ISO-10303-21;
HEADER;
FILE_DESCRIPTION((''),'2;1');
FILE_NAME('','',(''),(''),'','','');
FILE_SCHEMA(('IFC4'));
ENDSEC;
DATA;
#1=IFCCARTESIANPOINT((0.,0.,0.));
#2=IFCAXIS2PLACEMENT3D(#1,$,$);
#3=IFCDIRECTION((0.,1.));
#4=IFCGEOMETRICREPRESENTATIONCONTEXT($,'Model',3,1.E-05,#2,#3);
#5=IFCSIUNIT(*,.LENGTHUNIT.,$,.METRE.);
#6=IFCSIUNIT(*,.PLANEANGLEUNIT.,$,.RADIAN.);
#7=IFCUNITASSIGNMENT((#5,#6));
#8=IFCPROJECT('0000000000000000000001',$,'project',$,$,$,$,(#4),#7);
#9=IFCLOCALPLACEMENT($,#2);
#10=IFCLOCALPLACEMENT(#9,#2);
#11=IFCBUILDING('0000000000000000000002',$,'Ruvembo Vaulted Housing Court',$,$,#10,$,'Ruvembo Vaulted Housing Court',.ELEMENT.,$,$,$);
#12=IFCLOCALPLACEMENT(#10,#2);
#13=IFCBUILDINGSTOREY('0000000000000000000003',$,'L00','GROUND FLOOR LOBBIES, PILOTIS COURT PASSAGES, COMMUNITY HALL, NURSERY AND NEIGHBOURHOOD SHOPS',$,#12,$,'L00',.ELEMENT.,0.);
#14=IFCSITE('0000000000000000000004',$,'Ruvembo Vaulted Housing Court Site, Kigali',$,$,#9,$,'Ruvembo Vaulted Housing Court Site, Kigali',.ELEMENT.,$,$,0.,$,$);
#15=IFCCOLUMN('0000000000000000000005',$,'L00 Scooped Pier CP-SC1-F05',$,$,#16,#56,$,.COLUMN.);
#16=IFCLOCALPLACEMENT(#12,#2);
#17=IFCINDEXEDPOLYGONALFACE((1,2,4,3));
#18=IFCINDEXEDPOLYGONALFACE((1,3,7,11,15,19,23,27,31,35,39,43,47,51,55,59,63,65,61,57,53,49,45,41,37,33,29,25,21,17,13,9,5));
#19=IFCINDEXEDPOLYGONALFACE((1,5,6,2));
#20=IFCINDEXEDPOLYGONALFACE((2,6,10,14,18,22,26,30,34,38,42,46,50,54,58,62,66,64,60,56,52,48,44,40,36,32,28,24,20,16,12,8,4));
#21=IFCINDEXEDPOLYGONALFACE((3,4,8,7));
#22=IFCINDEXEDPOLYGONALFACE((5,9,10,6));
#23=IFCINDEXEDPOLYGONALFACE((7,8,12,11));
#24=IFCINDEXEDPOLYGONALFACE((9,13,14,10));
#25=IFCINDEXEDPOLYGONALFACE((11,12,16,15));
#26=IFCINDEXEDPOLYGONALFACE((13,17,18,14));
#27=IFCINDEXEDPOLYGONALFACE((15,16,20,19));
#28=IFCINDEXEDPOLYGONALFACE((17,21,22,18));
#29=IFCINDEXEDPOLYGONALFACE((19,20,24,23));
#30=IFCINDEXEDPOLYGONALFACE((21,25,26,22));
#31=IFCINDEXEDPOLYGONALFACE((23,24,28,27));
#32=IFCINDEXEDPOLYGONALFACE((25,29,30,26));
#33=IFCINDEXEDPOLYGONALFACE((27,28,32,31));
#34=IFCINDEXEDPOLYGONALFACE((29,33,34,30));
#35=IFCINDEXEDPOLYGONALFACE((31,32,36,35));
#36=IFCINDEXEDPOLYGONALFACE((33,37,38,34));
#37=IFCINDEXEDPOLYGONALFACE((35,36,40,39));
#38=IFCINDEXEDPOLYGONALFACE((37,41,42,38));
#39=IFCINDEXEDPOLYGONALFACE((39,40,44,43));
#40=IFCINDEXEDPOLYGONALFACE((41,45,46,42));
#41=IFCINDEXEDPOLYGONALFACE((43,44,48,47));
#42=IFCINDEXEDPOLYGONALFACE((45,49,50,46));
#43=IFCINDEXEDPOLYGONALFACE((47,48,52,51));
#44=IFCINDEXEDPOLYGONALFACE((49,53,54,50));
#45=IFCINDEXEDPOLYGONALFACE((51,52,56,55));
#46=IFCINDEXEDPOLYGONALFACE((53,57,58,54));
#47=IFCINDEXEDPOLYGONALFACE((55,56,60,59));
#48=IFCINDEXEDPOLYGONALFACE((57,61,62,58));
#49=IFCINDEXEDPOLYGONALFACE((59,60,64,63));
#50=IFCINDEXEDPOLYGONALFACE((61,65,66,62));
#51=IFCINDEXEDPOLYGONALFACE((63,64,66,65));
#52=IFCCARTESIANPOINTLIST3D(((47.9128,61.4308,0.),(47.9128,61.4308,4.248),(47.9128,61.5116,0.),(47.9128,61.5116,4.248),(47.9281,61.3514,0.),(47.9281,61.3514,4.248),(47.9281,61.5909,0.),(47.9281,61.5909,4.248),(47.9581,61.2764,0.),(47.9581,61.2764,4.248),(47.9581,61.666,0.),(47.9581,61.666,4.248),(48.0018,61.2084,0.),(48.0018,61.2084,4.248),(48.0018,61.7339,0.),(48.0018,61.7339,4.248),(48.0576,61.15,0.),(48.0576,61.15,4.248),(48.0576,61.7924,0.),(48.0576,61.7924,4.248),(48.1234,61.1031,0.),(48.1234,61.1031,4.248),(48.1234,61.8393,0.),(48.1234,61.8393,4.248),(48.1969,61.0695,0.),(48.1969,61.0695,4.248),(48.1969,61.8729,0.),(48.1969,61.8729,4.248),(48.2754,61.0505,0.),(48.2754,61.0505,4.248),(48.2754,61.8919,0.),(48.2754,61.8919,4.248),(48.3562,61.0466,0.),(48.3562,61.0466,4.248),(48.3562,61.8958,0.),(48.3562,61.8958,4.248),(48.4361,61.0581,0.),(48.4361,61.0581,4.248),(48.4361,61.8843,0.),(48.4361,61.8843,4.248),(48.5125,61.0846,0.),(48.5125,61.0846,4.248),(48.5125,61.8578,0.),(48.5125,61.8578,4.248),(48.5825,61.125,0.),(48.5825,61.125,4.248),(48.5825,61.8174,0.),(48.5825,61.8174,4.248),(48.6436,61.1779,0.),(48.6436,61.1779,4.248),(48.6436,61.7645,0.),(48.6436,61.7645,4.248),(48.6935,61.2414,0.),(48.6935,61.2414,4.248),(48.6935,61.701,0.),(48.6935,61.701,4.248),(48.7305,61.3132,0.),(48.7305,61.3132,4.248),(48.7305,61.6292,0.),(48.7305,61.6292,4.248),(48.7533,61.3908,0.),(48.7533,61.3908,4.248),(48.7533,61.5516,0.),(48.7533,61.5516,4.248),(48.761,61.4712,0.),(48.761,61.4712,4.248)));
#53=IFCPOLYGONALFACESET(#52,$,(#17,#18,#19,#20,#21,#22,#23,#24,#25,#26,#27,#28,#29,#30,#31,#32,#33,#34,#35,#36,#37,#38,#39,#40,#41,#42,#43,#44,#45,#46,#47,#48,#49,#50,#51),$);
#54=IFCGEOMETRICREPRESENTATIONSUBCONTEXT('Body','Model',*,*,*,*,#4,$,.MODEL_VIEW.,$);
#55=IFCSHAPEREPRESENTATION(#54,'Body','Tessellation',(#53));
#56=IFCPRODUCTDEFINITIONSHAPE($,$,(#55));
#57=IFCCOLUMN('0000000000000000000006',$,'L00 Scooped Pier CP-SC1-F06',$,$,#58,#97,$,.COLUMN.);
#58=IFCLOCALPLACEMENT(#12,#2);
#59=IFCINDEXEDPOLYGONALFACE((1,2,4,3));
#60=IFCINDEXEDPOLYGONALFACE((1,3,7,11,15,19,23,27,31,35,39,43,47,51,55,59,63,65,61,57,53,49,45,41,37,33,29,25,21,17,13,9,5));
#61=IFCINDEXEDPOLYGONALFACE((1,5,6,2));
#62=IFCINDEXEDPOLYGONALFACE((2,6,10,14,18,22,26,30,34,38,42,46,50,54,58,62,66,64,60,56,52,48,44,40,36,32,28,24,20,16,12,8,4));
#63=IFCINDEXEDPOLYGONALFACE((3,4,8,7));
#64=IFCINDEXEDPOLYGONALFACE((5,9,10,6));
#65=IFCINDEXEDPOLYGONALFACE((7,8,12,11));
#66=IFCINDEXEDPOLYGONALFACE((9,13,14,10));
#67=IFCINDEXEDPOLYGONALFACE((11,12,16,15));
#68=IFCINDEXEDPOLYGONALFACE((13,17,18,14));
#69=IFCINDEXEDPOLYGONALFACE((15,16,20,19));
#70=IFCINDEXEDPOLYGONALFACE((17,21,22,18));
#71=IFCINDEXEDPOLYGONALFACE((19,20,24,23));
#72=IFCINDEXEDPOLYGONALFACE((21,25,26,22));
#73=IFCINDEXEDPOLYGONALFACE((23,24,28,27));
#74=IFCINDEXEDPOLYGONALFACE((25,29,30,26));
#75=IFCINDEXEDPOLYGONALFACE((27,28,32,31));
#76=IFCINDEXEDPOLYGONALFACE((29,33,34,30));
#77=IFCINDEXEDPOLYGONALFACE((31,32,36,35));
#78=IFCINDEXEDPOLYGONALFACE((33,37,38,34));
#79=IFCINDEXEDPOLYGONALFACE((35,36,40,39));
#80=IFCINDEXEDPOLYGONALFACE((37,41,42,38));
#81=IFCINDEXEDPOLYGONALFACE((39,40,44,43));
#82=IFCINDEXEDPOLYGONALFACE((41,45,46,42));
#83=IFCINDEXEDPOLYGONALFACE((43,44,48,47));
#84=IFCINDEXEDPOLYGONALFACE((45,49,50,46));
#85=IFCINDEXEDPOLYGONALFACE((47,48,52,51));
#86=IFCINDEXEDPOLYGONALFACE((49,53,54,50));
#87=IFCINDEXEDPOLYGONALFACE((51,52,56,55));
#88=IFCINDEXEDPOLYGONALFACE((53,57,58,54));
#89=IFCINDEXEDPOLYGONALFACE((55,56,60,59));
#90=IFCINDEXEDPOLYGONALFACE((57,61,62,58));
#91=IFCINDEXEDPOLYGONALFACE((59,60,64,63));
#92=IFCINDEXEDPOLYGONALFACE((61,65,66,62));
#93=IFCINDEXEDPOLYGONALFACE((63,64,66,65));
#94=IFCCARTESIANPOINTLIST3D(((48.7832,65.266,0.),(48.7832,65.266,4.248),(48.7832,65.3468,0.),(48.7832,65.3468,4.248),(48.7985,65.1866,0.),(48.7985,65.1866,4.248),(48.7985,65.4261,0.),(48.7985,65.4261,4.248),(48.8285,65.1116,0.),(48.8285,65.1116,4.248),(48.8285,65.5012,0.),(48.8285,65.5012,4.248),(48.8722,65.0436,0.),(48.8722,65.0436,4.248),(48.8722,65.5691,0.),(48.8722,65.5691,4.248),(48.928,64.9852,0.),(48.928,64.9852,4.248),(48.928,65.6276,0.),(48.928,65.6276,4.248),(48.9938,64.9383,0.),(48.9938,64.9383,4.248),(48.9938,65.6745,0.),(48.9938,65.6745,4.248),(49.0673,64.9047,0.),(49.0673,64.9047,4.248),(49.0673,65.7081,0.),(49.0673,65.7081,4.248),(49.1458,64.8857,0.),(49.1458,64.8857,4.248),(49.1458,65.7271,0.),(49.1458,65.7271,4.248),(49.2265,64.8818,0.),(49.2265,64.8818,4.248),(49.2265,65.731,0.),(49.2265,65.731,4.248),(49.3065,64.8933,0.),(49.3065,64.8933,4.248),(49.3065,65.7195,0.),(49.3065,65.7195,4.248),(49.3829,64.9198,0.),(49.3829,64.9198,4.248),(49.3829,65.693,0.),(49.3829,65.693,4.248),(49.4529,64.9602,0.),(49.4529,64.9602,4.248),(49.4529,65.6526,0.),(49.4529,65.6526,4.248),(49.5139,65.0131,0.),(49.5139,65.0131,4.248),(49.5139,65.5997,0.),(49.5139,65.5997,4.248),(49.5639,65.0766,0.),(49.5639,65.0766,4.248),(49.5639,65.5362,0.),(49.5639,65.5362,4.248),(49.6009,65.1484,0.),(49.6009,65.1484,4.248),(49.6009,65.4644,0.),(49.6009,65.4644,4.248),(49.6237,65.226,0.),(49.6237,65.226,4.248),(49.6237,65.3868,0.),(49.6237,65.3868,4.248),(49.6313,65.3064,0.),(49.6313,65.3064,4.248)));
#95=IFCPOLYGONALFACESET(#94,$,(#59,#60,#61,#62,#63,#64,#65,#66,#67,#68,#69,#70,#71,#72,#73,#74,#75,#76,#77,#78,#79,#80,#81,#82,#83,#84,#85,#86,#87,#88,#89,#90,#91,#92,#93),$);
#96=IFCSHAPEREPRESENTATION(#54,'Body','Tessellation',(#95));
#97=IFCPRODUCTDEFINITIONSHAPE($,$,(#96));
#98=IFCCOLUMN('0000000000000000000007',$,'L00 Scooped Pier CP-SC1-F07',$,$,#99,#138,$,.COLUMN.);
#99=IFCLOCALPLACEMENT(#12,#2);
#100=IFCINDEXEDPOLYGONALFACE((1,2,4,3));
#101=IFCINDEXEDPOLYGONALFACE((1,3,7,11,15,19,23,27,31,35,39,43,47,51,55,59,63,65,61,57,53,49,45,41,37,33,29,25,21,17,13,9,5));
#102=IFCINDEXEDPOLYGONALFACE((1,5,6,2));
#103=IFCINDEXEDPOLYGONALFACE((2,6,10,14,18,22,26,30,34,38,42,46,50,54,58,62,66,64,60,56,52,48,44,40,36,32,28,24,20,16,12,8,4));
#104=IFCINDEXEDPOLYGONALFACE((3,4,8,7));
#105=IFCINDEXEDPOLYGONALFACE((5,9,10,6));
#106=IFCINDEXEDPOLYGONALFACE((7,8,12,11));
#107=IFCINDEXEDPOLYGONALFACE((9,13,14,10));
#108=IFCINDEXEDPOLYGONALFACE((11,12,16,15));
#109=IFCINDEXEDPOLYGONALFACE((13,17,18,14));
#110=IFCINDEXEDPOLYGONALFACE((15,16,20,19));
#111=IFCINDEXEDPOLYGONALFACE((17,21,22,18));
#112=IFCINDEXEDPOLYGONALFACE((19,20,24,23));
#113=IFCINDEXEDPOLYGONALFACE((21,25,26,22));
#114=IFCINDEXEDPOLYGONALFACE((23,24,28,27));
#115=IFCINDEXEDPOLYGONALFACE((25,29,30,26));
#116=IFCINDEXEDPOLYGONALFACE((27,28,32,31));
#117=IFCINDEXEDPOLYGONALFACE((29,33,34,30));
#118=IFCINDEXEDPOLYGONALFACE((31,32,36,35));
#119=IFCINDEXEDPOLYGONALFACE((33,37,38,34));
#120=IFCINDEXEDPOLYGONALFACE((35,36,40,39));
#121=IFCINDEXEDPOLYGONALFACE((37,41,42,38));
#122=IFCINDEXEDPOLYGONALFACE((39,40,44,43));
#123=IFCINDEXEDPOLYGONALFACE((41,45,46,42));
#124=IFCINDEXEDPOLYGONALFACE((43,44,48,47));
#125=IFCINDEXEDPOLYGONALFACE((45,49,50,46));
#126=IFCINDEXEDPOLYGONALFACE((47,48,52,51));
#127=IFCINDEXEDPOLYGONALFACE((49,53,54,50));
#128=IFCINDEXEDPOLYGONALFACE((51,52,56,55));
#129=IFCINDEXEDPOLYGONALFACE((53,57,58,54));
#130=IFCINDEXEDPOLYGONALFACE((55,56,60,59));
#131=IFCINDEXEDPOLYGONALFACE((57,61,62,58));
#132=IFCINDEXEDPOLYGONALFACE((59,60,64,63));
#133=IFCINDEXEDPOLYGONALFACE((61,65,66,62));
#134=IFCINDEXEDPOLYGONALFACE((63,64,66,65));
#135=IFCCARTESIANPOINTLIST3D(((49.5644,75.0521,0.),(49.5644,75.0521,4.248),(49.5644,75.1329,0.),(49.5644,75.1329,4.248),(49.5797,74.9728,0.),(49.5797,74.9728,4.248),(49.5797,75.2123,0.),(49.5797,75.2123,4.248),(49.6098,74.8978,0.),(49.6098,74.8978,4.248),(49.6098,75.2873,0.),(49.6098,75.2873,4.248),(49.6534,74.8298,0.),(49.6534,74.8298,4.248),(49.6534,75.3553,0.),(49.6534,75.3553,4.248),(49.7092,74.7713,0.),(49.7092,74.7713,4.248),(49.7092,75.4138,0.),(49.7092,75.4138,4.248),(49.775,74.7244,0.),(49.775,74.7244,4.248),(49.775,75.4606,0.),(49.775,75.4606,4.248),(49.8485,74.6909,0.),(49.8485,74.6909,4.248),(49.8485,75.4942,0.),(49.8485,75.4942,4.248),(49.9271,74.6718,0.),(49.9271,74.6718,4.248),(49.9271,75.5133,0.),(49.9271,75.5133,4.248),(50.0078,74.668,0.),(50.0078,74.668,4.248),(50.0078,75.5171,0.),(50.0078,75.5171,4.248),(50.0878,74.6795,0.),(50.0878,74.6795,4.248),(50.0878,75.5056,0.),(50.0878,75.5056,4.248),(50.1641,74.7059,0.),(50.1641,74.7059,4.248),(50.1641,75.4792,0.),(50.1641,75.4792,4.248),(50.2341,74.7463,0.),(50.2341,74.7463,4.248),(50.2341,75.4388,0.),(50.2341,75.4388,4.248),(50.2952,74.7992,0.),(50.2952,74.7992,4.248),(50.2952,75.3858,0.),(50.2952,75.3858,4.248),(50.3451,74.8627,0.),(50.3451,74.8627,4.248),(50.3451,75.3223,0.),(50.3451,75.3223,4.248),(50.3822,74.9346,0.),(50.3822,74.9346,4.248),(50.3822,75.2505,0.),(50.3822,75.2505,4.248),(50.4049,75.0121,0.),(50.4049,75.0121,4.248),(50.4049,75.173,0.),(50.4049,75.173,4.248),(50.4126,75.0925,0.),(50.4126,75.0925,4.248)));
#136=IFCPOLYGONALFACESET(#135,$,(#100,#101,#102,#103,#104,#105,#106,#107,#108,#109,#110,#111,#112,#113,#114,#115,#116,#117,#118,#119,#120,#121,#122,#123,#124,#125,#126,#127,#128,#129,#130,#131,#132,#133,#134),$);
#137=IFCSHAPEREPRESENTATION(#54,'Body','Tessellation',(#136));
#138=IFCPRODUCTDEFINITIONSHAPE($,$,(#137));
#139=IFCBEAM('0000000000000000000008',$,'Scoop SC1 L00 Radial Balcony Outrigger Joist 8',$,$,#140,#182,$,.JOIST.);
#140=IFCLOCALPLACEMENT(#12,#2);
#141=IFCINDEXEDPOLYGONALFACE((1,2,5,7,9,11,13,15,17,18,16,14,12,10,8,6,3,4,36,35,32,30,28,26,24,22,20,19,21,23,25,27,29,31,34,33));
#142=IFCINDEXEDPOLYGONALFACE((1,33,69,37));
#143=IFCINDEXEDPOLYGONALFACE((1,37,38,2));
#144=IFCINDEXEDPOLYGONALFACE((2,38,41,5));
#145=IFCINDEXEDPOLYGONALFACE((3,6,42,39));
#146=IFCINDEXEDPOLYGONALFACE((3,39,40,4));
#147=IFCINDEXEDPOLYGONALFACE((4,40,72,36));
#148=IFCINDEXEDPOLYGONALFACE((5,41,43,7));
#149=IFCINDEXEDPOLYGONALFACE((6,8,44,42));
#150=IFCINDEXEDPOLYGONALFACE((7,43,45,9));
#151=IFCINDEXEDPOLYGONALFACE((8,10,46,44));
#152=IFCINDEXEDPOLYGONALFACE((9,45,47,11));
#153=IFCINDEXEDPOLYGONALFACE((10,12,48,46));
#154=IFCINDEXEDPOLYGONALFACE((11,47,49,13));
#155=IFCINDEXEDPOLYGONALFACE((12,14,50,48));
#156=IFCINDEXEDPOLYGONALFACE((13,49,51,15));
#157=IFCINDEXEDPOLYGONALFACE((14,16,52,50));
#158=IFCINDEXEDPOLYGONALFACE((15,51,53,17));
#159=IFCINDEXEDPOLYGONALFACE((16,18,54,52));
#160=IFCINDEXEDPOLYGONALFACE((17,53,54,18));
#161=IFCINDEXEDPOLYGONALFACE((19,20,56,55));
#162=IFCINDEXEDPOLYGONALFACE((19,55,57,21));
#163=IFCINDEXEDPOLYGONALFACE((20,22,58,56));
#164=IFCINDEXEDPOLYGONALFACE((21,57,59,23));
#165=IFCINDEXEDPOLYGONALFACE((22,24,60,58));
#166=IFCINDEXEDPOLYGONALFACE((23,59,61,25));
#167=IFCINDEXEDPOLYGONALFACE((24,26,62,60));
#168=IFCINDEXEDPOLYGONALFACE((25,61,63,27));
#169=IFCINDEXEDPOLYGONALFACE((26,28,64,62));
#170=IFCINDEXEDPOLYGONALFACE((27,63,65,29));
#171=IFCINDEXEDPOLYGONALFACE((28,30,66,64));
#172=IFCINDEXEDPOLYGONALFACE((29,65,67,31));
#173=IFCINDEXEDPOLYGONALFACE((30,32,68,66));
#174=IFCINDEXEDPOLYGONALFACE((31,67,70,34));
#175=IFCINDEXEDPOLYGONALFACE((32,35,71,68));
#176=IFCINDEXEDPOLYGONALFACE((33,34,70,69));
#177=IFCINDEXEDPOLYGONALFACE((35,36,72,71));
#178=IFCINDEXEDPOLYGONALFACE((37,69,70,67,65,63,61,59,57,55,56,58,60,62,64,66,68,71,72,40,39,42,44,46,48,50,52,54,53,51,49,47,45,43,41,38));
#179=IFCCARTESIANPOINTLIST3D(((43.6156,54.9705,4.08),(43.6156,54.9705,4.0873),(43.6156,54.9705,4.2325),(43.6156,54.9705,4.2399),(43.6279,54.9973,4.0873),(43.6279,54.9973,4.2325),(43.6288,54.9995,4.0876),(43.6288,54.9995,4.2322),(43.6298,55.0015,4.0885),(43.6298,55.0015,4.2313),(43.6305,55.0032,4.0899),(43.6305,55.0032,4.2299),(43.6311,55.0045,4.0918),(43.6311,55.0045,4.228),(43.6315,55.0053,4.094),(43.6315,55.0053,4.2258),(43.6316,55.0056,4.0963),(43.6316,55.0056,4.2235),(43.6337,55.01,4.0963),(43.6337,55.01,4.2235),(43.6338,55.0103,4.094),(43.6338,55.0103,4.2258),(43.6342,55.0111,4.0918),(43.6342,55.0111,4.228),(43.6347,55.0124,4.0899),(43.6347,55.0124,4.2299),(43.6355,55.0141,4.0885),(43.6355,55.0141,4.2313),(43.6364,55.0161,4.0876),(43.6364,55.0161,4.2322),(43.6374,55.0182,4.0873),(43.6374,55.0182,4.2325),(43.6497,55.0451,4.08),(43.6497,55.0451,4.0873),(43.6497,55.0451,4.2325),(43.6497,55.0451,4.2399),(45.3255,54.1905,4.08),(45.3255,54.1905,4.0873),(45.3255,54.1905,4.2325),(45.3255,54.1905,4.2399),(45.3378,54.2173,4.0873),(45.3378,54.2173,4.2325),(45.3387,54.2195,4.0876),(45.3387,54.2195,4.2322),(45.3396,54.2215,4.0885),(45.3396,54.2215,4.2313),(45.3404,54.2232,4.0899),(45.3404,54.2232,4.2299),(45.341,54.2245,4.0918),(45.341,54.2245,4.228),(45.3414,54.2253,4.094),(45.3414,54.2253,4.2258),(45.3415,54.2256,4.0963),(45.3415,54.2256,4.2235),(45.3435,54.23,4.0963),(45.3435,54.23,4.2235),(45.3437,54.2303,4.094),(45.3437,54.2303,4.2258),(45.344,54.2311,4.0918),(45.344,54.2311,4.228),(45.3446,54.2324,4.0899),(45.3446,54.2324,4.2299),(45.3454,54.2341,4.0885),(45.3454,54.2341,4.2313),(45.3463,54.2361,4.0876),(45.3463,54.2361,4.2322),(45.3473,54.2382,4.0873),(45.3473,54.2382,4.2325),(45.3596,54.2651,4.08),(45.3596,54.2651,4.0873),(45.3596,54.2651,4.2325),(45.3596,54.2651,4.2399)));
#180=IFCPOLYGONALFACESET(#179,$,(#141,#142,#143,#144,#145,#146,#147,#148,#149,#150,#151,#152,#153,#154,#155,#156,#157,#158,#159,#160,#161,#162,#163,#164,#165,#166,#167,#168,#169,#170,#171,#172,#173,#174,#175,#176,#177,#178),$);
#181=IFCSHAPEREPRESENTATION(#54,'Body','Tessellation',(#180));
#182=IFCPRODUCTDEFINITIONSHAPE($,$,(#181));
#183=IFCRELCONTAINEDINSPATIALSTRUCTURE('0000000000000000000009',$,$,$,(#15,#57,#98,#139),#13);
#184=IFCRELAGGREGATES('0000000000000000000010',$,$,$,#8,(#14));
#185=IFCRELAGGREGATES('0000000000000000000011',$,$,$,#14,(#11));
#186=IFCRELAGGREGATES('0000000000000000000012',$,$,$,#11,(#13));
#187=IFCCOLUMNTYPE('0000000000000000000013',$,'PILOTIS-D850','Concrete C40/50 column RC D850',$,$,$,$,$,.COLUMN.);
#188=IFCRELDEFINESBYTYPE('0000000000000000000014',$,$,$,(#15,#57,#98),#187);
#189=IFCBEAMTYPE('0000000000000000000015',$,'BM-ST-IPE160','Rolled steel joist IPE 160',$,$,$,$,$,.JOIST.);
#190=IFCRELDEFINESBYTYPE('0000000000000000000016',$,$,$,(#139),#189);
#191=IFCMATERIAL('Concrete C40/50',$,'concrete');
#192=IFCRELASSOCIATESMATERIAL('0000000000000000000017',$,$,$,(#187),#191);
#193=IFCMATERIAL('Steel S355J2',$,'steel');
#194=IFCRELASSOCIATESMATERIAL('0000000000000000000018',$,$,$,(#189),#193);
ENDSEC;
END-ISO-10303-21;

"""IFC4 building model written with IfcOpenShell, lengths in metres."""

from ifc_helpers import new_model, si_unit, direction, frame, origin, origin_2d, place, context, subcontext, project, spatial, circle, i_section, extrude, material, material_profile, profile_set, type_object, element, save


model = new_model("IFC4")

# Units and contexts
model_context = context("Model", 3, precision=1e-05, world=origin(), true_north=direction((0.0, 1.0)))
body_context = subcontext(model_context, "Body", "Model", "MODEL_VIEW")
ifc_project = project(units=[si_unit("LENGTHUNIT", "METRE"), si_unit("PLANEANGLEUNIT", "RADIAN")], contexts=[model_context])

# Site, building, storey
site_placement = place(None, origin())
site = spatial("IfcSite", under=ifc_project, at=site_placement, Name="Ruvembo Vaulted Housing Court Site, Kigali", LongName="Ruvembo Vaulted Housing Court Site, Kigali", CompositionType="ELEMENT", RefElevation=0.0)
building_placement = place(site_placement, origin())
building = spatial("IfcBuilding", under=site, at=building_placement, Name="Ruvembo Vaulted Housing Court", LongName="Ruvembo Vaulted Housing Court", CompositionType="ELEMENT")
storey_placement = place(building_placement, origin())
storey = spatial("IfcBuildingStorey", under=building, at=storey_placement, Name="L00", Description="GROUND FLOOR LOBBIES, PILOTIS COURT PASSAGES, COMMUNITY HALL, NURSERY AND NEIGHBOURHOOD SHOPS", LongName="L00", CompositionType="ELEMENT", Elevation=0.0)

# Columns
ifc_material_1 = material(Name="Concrete C40/50", Category="concrete")
ifc_material_profile_1 = material_profile(ifc_material_1, circle(Radius=0.425, at=origin_2d()), Name="RC D850")
ifc_profile_set_1 = profile_set([ifc_material_profile_1], Name="Concrete C40/50")
column_type_1 = type_object("IfcColumnType", Name="PILOTIS-D850", Description="Concrete C40/50 column RC D850", PredefinedType="COLUMN", material=ifc_profile_set_1)
for number, where, z_axis, x_axis, name in (
    (1, (48.3359, 61.4712, 0.0), (0.0, 0.0, 1.0), (1.0, 0.0, 0.0), "L00 Scooped Pier CP-SC1-F05"),
    (2, (49.2063, 65.3064, 0.0), (0.0, 0.0, 1.0), (1.0, 0.0, 0.0), "L00 Scooped Pier CP-SC1-F06"),
    (3, (49.9875, 75.0925, 0.0), (0.0, 0.0, 1.0), (1.0, 0.0, 0.0), "L00 Scooped Pier CP-SC1-F07"),
):
    element("IfcColumn", number, at=place(storey_placement, frame(where, z_axis=z_axis, x_axis=x_axis)), inside=storey, type_object=column_type_1, Name=name, PredefinedType="COLUMN", context=body_context, shape_type="SweptSolid", body=[
        extrude(circle(Radius=0.425, at=origin_2d()), origin(), (0.0, 0.0, 1.0), 4.248),
    ])

# Beam
ifc_material_2 = material(Name="Steel S355J2", Category="steel")
ifc_material_profile_2 = material_profile(ifc_material_2, i_section(OverallWidth=0.082, OverallDepth=0.1599, WebThickness=0.0049, FlangeThickness=0.0073, FilletRadius=0.009, at=origin_2d()), Name="IPE 160")
ifc_profile_set_2 = profile_set([ifc_material_profile_2], Name="Steel S355J2")
beam_type_1 = type_object("IfcBeamType", Name="BM-ST-IPE160", Description="Rolled steel joist IPE 160", PredefinedType="JOIST", material=ifc_profile_set_2)
beam_1_placement = place(storey_placement, frame((45.3425, 54.2278, 4.1599), z_axis=(-0.90981, 0.415026, 0.0), x_axis=(-0.415026, -0.90981, 0.0)))
element("IfcBeam", 4, at=beam_1_placement, inside=storey, type_object=beam_type_1, Name="Scoop SC1 L00 Radial Balcony Outrigger Joist 8", PredefinedType="JOIST", context=body_context, shape_type="SweptSolid", body=[
    extrude(i_section(OverallWidth=0.082, OverallDepth=0.1599, WebThickness=0.0049, FlangeThickness=0.0073, FilletRadius=0.009, at=origin_2d()), origin(), (0.0, 0.0, 1.0), 1.8794),
])

save(model, "model.ifc")
